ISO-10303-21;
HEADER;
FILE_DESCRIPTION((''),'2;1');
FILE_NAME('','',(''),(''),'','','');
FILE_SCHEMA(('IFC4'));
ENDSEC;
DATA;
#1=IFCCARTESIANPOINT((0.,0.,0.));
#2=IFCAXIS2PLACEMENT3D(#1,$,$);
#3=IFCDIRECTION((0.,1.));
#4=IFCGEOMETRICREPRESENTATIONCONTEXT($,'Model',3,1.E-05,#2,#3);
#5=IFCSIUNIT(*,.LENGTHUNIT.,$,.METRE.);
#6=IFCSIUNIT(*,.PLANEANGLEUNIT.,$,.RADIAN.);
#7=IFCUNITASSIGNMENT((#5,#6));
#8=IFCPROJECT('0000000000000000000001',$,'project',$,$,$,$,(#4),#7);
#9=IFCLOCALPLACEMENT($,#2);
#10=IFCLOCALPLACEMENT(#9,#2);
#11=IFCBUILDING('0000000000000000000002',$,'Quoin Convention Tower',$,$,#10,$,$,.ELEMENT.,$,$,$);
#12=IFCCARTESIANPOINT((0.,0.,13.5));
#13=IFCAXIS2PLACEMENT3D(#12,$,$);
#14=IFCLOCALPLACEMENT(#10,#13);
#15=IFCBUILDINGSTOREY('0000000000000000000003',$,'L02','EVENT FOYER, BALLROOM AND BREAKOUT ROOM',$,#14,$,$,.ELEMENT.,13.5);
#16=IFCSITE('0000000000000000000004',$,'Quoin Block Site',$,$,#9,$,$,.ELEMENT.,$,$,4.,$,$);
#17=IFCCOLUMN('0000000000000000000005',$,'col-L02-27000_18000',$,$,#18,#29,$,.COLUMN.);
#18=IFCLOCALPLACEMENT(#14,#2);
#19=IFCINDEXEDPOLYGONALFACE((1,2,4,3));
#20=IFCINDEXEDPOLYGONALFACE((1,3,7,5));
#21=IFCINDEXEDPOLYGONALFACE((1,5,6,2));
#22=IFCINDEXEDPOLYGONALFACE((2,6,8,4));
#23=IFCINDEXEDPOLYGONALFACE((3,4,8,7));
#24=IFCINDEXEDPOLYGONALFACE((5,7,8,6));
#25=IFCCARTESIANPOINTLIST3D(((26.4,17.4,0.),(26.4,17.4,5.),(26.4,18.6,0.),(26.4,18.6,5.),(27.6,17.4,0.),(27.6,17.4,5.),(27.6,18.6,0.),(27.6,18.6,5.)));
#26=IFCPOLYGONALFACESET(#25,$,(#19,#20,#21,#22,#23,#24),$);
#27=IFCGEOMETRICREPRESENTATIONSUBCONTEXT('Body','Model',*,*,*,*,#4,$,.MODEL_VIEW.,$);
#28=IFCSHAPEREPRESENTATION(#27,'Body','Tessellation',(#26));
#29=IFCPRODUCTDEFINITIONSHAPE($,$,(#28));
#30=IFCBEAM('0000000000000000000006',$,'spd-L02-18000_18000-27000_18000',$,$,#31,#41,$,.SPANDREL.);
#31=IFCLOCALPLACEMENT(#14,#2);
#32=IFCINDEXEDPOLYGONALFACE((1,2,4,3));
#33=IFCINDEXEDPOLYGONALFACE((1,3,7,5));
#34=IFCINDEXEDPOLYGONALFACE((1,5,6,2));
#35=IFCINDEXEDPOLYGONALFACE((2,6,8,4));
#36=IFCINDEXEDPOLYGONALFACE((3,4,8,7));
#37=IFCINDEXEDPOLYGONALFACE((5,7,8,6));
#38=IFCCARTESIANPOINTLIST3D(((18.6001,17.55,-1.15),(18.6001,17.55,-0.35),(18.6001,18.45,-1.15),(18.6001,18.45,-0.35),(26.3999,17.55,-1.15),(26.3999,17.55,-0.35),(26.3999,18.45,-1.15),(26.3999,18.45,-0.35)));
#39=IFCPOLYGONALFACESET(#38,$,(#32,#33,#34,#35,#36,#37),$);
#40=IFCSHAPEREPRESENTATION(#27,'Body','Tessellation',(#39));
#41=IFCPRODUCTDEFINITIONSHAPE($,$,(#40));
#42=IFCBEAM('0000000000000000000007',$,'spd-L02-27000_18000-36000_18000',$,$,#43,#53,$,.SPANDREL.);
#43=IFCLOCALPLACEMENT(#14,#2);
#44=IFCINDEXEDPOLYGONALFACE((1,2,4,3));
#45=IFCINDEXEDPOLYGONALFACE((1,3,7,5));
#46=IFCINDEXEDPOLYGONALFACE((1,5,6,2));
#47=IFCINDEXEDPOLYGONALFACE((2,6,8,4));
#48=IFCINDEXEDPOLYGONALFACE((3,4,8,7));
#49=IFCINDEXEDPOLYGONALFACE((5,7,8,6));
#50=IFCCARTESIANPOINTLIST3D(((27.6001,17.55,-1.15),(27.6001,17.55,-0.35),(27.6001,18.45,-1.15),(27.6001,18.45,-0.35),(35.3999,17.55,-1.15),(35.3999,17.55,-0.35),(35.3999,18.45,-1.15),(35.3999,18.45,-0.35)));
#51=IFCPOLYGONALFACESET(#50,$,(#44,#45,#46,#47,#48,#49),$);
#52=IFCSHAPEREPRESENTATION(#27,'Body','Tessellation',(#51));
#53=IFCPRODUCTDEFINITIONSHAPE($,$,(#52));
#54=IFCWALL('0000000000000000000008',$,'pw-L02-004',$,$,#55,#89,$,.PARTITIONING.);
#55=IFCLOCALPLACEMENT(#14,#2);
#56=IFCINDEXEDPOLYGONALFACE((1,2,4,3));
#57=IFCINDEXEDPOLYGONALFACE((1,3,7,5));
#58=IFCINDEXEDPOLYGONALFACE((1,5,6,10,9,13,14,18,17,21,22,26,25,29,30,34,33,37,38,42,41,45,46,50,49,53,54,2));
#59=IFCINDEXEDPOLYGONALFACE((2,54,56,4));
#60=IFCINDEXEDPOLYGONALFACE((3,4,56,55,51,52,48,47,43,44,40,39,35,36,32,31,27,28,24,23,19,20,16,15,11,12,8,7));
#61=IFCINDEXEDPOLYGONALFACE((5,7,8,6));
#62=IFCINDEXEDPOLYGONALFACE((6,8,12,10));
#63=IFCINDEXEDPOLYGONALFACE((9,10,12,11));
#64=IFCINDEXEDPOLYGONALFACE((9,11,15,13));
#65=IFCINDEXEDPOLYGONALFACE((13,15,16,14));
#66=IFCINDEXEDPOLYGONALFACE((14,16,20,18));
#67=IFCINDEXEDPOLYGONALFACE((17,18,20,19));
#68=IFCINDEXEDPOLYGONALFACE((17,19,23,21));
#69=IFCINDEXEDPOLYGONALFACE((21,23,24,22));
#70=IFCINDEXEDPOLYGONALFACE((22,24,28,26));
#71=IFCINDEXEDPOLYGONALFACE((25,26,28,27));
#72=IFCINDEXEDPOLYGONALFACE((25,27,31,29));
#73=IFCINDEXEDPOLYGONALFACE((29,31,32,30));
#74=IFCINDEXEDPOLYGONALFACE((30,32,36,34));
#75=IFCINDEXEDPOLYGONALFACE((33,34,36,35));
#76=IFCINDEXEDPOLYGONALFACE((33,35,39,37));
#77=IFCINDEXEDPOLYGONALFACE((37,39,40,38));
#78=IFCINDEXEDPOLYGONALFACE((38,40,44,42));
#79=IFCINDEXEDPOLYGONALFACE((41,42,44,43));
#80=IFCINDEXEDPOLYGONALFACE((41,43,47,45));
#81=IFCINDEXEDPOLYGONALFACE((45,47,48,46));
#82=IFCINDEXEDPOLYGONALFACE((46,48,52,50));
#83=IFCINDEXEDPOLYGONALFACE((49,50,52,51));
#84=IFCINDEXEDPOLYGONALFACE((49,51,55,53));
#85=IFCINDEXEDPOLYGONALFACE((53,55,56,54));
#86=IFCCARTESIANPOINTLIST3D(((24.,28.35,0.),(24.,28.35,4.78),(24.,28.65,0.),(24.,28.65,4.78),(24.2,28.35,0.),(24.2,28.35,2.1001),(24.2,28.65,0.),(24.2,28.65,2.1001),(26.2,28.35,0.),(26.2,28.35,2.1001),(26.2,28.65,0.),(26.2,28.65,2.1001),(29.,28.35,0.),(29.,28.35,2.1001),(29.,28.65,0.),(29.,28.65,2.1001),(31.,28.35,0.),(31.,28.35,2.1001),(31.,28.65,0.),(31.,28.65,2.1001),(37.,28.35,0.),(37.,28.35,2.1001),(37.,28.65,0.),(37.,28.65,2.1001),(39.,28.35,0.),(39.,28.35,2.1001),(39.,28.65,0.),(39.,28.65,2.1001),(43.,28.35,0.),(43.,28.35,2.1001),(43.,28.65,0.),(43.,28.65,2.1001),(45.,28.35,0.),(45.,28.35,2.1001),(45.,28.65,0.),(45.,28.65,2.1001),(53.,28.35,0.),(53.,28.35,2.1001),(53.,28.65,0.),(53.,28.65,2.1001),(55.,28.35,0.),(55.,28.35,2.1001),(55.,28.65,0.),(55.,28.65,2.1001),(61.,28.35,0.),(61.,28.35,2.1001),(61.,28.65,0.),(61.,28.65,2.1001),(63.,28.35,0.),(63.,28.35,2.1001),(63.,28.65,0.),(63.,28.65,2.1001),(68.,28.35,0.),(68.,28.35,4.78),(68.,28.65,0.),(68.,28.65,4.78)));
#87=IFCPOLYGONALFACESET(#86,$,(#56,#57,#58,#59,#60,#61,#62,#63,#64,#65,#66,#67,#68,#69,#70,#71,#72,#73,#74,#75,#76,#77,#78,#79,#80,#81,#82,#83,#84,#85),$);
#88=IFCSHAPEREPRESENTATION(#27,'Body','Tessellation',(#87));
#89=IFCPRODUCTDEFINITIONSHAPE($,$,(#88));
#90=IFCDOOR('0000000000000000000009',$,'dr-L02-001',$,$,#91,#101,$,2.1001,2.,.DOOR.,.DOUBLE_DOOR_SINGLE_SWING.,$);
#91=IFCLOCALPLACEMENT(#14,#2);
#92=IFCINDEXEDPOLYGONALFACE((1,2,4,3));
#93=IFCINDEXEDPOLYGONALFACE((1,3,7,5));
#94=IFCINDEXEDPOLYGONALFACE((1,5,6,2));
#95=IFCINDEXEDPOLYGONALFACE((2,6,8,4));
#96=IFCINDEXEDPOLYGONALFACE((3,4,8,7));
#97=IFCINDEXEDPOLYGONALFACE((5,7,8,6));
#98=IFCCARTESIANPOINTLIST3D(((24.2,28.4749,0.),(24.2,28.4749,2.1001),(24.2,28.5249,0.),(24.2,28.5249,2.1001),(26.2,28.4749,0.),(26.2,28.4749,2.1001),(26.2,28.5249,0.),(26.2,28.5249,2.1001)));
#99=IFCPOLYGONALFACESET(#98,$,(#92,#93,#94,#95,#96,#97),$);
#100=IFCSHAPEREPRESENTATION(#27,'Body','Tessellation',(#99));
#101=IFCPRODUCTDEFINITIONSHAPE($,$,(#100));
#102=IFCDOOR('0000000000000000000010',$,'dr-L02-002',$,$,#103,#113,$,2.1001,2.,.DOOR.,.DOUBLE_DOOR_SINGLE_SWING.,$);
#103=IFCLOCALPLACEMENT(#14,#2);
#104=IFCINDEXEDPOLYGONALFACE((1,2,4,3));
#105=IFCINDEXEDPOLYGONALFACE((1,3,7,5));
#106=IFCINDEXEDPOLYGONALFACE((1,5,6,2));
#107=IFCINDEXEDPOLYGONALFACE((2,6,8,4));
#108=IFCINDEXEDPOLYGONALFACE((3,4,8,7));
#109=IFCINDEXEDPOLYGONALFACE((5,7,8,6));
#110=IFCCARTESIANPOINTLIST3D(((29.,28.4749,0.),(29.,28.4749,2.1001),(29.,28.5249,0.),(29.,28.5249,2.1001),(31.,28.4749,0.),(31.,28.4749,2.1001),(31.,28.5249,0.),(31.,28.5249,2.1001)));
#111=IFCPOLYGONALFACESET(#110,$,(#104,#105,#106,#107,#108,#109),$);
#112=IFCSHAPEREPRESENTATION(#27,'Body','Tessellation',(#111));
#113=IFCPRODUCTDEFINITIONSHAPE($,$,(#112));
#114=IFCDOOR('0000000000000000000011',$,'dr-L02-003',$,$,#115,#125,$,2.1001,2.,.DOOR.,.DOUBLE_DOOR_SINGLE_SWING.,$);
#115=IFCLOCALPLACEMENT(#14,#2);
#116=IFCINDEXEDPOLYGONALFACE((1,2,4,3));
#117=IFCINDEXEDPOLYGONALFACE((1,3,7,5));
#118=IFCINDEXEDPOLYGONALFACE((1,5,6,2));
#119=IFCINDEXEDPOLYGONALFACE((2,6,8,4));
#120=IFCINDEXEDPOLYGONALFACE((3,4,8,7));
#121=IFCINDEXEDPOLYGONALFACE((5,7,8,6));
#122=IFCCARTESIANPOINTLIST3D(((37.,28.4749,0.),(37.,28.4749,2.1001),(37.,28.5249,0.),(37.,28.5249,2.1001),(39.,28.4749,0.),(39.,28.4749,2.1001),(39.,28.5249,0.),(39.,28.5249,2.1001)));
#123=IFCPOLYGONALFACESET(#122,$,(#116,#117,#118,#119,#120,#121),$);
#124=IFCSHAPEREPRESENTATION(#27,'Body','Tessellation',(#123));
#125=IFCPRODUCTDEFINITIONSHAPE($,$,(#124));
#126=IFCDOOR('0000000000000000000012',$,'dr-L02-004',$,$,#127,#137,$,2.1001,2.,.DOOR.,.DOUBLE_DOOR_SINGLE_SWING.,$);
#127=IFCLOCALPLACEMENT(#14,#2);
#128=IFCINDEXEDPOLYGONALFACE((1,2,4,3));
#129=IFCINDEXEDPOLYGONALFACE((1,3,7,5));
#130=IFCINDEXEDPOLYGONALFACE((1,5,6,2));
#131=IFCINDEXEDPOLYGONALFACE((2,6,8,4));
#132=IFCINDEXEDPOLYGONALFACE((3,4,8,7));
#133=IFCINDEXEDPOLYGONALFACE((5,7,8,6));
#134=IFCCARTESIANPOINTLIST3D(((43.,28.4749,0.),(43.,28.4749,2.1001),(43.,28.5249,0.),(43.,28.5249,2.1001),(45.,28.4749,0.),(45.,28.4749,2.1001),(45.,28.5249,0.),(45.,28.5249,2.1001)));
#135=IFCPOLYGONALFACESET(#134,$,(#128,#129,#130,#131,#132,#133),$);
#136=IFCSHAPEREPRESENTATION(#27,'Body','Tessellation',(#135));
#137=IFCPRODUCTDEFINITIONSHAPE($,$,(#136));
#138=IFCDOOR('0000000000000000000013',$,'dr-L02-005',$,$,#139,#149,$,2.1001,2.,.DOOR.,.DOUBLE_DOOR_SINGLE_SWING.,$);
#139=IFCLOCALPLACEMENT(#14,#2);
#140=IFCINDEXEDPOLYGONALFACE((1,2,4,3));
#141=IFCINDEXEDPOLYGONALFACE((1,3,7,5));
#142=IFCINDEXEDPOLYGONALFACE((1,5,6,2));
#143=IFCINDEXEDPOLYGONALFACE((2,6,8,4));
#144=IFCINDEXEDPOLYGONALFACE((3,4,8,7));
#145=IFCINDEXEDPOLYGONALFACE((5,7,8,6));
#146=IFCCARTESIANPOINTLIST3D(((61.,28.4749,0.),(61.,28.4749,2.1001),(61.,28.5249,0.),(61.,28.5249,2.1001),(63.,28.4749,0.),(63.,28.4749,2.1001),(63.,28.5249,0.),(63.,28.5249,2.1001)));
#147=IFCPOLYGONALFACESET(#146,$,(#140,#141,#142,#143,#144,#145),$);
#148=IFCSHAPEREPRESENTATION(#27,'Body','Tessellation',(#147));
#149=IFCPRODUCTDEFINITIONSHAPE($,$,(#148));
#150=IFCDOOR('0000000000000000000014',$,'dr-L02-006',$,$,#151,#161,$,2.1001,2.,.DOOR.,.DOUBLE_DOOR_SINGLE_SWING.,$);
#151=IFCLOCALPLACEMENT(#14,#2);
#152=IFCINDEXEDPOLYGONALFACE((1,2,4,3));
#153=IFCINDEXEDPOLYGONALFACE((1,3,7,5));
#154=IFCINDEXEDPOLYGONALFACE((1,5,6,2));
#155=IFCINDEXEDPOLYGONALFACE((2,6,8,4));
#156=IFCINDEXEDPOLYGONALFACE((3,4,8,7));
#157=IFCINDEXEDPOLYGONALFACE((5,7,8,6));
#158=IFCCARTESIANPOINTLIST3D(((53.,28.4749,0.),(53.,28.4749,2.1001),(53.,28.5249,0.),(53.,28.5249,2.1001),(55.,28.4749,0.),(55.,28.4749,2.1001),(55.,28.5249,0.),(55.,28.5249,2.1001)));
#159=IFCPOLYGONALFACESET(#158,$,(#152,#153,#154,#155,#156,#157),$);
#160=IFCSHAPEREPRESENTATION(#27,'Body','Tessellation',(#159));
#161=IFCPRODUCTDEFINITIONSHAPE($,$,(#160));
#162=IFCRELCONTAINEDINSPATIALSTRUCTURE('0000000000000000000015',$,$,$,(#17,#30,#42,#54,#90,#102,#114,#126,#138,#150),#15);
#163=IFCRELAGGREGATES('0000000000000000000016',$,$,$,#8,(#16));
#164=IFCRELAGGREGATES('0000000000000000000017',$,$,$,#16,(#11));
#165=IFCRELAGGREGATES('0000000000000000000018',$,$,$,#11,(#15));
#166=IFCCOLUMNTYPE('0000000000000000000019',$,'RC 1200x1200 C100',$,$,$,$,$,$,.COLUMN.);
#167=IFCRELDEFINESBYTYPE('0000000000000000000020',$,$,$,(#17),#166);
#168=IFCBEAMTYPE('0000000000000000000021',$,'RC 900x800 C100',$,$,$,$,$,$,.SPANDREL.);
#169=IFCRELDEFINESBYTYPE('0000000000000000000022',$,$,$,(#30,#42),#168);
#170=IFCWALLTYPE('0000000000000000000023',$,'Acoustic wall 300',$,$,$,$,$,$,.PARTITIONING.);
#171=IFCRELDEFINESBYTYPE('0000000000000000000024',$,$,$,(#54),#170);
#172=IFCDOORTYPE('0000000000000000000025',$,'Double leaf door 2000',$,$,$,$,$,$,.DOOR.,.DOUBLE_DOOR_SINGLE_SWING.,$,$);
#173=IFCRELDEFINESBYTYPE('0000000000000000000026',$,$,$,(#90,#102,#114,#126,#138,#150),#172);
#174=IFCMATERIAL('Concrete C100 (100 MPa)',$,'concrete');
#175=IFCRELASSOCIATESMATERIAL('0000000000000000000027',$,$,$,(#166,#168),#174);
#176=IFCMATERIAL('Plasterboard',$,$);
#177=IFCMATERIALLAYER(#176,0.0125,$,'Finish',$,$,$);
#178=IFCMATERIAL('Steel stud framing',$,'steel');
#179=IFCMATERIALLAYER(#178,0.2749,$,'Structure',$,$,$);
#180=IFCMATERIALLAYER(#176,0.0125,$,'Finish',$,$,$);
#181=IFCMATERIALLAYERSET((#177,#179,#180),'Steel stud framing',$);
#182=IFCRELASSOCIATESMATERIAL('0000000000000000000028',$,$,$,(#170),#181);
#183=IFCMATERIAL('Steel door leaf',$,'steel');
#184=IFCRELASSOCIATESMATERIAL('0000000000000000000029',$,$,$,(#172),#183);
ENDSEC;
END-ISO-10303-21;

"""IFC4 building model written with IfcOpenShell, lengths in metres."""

from ifc_helpers import new_model, si_unit, direction, frame, frame_2d, origin, origin_2d, place, context, subcontext, project, spatial, rectangle, extrude, material, layer, layer_set, material_profile, profile_set, type_object, element, fill, save


model = new_model("IFC4")

# Units and contexts
model_context = context("Model", 3, precision=1e-05, world=origin(), true_north=direction((0.0, 1.0)))
body_context = subcontext(model_context, "Body", "Model", "MODEL_VIEW")
ifc_project = project(units=[si_unit("LENGTHUNIT", "METRE"), si_unit("PLANEANGLEUNIT", "RADIAN")], contexts=[model_context])

# Site, building, storey
site_placement = place(None, origin())
site = spatial("IfcSite", under=ifc_project, at=site_placement, Name="Quoin Block Site", CompositionType="ELEMENT", RefElevation=4.0)
building_placement = place(site_placement, origin())
building = spatial("IfcBuilding", under=site, at=building_placement, Name="Quoin Convention Tower", CompositionType="ELEMENT")
storey_placement = place(building_placement, frame((0.0, 0.0, 13.5)))
storey = spatial("IfcBuildingStorey", under=building, at=storey_placement, Name="L02", Description="EVENT FOYER, BALLROOM AND BREAKOUT ROOM", CompositionType="ELEMENT", Elevation=13.5)

# Column
ifc_material_1 = material(Name="Concrete C100 (100 MPa)", Category="concrete")
ifc_material_profile_1 = material_profile(ifc_material_1, rectangle(XDim=1.2, YDim=1.2, at=origin_2d()), Name="RC 1200x1200")
ifc_profile_set_1 = profile_set([ifc_material_profile_1], Name="Concrete C100 (100 MPa)")
column_type = type_object("IfcColumnType", Name="RC 1200x1200 C100", PredefinedType="COLUMN", material=ifc_profile_set_1)
column_placement = place(storey_placement, frame((27.0, 18.0, 0.0), z_axis=(0.0, 0.0, 1.0), x_axis=(1.0, 0.0, 0.0)))
element("IfcColumn", 1, at=column_placement, inside=storey, type_object=column_type, Name="col-L02-27000_18000", PredefinedType="COLUMN", context=body_context, shape_type="SweptSolid", body=[
    extrude(rectangle(XDim=1.2, YDim=1.2, at=origin_2d()), origin(), (0.0, 0.0, 1.0), 5.0),
])

# Beams
ifc_material_profile_2 = material_profile(ifc_material_1, rectangle(XDim=0.8999, YDim=0.8, at=origin_2d()), Name="RC 900x800")
ifc_profile_set_2 = profile_set([ifc_material_profile_2], Name="Concrete C100 (100 MPa)")
beam_type = type_object("IfcBeamType", Name="RC 900x800 C100", PredefinedType="SPANDREL", material=ifc_profile_set_2)
for number, where, z_axis, x_axis, name in (
    (2, (18.6001, 18.0, -0.75), (1.0, 0.0, 0.0), (0.0, 1.0, 0.0), "spd-L02-18000_18000-27000_18000"),
    (3, (27.6001, 18.0, -0.75), (1.0, 0.0, 0.0), (0.0, 1.0, 0.0), "spd-L02-27000_18000-36000_18000"),
):
    element("IfcBeam", number, at=place(storey_placement, frame(where, z_axis=z_axis, x_axis=x_axis)), inside=storey, type_object=beam_type, Name=name, PredefinedType="SPANDREL", context=body_context, shape_type="SweptSolid", body=[
        extrude(rectangle(XDim=0.8999, YDim=0.8, at=origin_2d()), origin(), (0.0, 0.0, 1.0), 7.7998),
    ])

# Wall, openings, doors
ifc_material_2 = material(Name="Plasterboard")
ifc_layer_1 = layer(ifc_material_2, 0.0125, Name="Finish")
ifc_material_3 = material(Name="Steel stud framing", Category="steel")
ifc_layer_2 = layer(ifc_material_3, 0.2749, Name="Structure")
ifc_layer_3 = layer(ifc_material_2, 0.0125, Name="Finish")
ifc_layer_set_1 = layer_set([ifc_layer_1, ifc_layer_2, ifc_layer_3], Name="Steel stud framing")
wall_type_1 = type_object("IfcWallType", Name="Acoustic wall 300", PredefinedType="PARTITIONING", material=ifc_layer_set_1)
wall_1_placement = place(storey_placement, frame((24.0, 28.5, 0.0), z_axis=(0.0, 0.0, 1.0), x_axis=(1.0, 0.0, 0.0)))
wall_1 = element("IfcWall", 4, at=wall_1_placement, inside=storey, type_object=wall_type_1, Name="pw-L02-004", PredefinedType="PARTITIONING", context=body_context, shape_type="SweptSolid", body=[
    extrude(rectangle(XDim=44.0, YDim=0.3, at=frame_2d((22.0, 0.0))), origin(), (0.0, 0.0, 1.0), 4.78),
])
opening_1_placement = place(wall_1_placement, frame((0.2, 0.0, 0.0)))
opening_1 = element("IfcOpeningElement", 5, at=opening_1_placement, cuts=wall_1, PredefinedType="OPENING", context=body_context, shape_type="SweptSolid", body=[
    extrude(rectangle(XDim=2.0, YDim=2.1001, at=frame_2d((1.0, 1.05))), frame((0.0, 0.1599, 0.0), z_axis=(0.0, -1.0, 0.0), x_axis=(1.0, 0.0, 0.0)), (0.0, 0.0, 1.0), 0.3201),
])
opening_2_placement = place(wall_1_placement, frame((5.0, 0.0, 0.0)))
opening_2 = element("IfcOpeningElement", 6, at=opening_2_placement, cuts=wall_1, PredefinedType="OPENING", context=body_context, shape_type="SweptSolid", body=[
    extrude(rectangle(XDim=2.0, YDim=2.1001, at=frame_2d((1.0, 1.05))), frame((0.0, 0.1599, 0.0), z_axis=(0.0, -1.0, 0.0), x_axis=(1.0, 0.0, 0.0)), (0.0, 0.0, 1.0), 0.3201),
])
opening_3_placement = place(wall_1_placement, frame((13.0, 0.0, 0.0)))
opening_3 = element("IfcOpeningElement", 7, at=opening_3_placement, cuts=wall_1, PredefinedType="OPENING", context=body_context, shape_type="SweptSolid", body=[
    extrude(rectangle(XDim=2.0, YDim=2.1001, at=frame_2d((1.0, 1.05))), frame((0.0, 0.1599, 0.0), z_axis=(0.0, -1.0, 0.0), x_axis=(1.0, 0.0, 0.0)), (0.0, 0.0, 1.0), 0.3201),
])
opening_4_placement = place(wall_1_placement, frame((19.0, 0.0, 0.0)))
opening_4 = element("IfcOpeningElement", 8, at=opening_4_placement, cuts=wall_1, PredefinedType="OPENING", context=body_context, shape_type="SweptSolid", body=[
    extrude(rectangle(XDim=2.0, YDim=2.1001, at=frame_2d((1.0, 1.05))), frame((0.0, 0.1599, 0.0), z_axis=(0.0, -1.0, 0.0), x_axis=(1.0, 0.0, 0.0)), (0.0, 0.0, 1.0), 0.3201),
])
opening_5_placement = place(wall_1_placement, frame((37.0, 0.0, 0.0)))
opening_5 = element("IfcOpeningElement", 9, at=opening_5_placement, cuts=wall_1, PredefinedType="OPENING", context=body_context, shape_type="SweptSolid", body=[
    extrude(rectangle(XDim=2.0, YDim=2.1001, at=frame_2d((1.0, 1.05))), frame((0.0, 0.1599, 0.0), z_axis=(0.0, -1.0, 0.0), x_axis=(1.0, 0.0, 0.0)), (0.0, 0.0, 1.0), 0.3201),
])
opening_6_placement = place(wall_1_placement, frame((29.0, 0.0, 0.0)))
opening_6 = element("IfcOpeningElement", 10, at=opening_6_placement, cuts=wall_1, PredefinedType="OPENING", context=body_context, shape_type="SweptSolid", body=[
    extrude(rectangle(XDim=2.0, YDim=2.1001, at=frame_2d((1.0, 1.05))), frame((0.0, 0.1599, 0.0), z_axis=(0.0, -1.0, 0.0), x_axis=(1.0, 0.0, 0.0)), (0.0, 0.0, 1.0), 0.3201),
])
ifc_material_4 = material(Name="Steel door leaf", Category="steel")
door_type_1 = type_object("IfcDoorType", Name="Double leaf door 2000", OperationType="DOUBLE_DOOR_SINGLE_SWING", PredefinedType="DOOR", material=ifc_material_4)
door_1_placement = place(opening_1_placement, origin())
door_1 = element("IfcDoor", 11, at=door_1_placement, inside=storey, type_object=door_type_1, Name="dr-L02-001", OperationType="DOUBLE_DOOR_SINGLE_SWING", OverallHeight=2.1001, OverallWidth=2.0, PredefinedType="DOOR", context=body_context, shape_type="SweptSolid", body=[
    extrude(rectangle(XDim=2.0, YDim=2.1001, at=frame_2d((1.0, 1.05))), frame((0.0, 0.0249, 0.0), z_axis=(0.0, -1.0, 0.0), x_axis=(1.0, 0.0, 0.0)), (0.0, 0.0, 1.0), 0.05),
])
fill(opening_1, door_1)
door_2_placement = place(opening_2_placement, origin())
door_2 = element("IfcDoor", 12, at=door_2_placement, inside=storey, type_object=door_type_1, Name="dr-L02-002", OperationType="DOUBLE_DOOR_SINGLE_SWING", OverallHeight=2.1001, OverallWidth=2.0, PredefinedType="DOOR", context=body_context, shape_type="SweptSolid", body=[
    extrude(rectangle(XDim=2.0, YDim=2.1001, at=frame_2d((1.0, 1.05))), frame((0.0, 0.0249, 0.0), z_axis=(0.0, -1.0, 0.0), x_axis=(1.0, 0.0, 0.0)), (0.0, 0.0, 1.0), 0.05),
])
fill(opening_2, door_2)
door_3_placement = place(opening_3_placement, origin())
door_3 = element("IfcDoor", 13, at=door_3_placement, inside=storey, type_object=door_type_1, Name="dr-L02-003", OperationType="DOUBLE_DOOR_SINGLE_SWING", OverallHeight=2.1001, OverallWidth=2.0, PredefinedType="DOOR", context=body_context, shape_type="SweptSolid", body=[
    extrude(rectangle(XDim=2.0, YDim=2.1001, at=frame_2d((1.0, 1.05))), frame((0.0, 0.0249, 0.0), z_axis=(0.0, -1.0, 0.0), x_axis=(1.0, 0.0, 0.0)), (0.0, 0.0, 1.0), 0.05),
])
fill(opening_3, door_3)
door_4_placement = place(opening_4_placement, origin())
door_4 = element("IfcDoor", 14, at=door_4_placement, inside=storey, type_object=door_type_1, Name="dr-L02-004", OperationType="DOUBLE_DOOR_SINGLE_SWING", OverallHeight=2.1001, OverallWidth=2.0, PredefinedType="DOOR", context=body_context, shape_type="SweptSolid", body=[
    extrude(rectangle(XDim=2.0, YDim=2.1001, at=frame_2d((1.0, 1.05))), frame((0.0, 0.0249, 0.0), z_axis=(0.0, -1.0, 0.0), x_axis=(1.0, 0.0, 0.0)), (0.0, 0.0, 1.0), 0.05),
])
fill(opening_4, door_4)
door_5_placement = place(opening_5_placement, origin())
door_5 = element("IfcDoor", 15, at=door_5_placement, inside=storey, type_object=door_type_1, Name="dr-L02-005", OperationType="DOUBLE_DOOR_SINGLE_SWING", OverallHeight=2.1001, OverallWidth=2.0, PredefinedType="DOOR", context=body_context, shape_type="SweptSolid", body=[
    extrude(rectangle(XDim=2.0, YDim=2.1001, at=frame_2d((1.0, 1.05))), frame((0.0, 0.0249, 0.0), z_axis=(0.0, -1.0, 0.0), x_axis=(1.0, 0.0, 0.0)), (0.0, 0.0, 1.0), 0.05),
])
fill(opening_5, door_5)
door_6_placement = place(opening_6_placement, origin())
door_6 = element("IfcDoor", 16, at=door_6_placement, inside=storey, type_object=door_type_1, Name="dr-L02-006", OperationType="DOUBLE_DOOR_SINGLE_SWING", OverallHeight=2.1001, OverallWidth=2.0, PredefinedType="DOOR", context=body_context, shape_type="SweptSolid", body=[
    extrude(rectangle(XDim=2.0, YDim=2.1001, at=frame_2d((1.0, 1.05))), frame((0.0, 0.0249, 0.0), z_axis=(0.0, -1.0, 0.0), x_axis=(1.0, 0.0, 0.0)), (0.0, 0.0, 1.0), 0.05),
])
fill(opening_6, door_6)

save(model, "model.ifc")
